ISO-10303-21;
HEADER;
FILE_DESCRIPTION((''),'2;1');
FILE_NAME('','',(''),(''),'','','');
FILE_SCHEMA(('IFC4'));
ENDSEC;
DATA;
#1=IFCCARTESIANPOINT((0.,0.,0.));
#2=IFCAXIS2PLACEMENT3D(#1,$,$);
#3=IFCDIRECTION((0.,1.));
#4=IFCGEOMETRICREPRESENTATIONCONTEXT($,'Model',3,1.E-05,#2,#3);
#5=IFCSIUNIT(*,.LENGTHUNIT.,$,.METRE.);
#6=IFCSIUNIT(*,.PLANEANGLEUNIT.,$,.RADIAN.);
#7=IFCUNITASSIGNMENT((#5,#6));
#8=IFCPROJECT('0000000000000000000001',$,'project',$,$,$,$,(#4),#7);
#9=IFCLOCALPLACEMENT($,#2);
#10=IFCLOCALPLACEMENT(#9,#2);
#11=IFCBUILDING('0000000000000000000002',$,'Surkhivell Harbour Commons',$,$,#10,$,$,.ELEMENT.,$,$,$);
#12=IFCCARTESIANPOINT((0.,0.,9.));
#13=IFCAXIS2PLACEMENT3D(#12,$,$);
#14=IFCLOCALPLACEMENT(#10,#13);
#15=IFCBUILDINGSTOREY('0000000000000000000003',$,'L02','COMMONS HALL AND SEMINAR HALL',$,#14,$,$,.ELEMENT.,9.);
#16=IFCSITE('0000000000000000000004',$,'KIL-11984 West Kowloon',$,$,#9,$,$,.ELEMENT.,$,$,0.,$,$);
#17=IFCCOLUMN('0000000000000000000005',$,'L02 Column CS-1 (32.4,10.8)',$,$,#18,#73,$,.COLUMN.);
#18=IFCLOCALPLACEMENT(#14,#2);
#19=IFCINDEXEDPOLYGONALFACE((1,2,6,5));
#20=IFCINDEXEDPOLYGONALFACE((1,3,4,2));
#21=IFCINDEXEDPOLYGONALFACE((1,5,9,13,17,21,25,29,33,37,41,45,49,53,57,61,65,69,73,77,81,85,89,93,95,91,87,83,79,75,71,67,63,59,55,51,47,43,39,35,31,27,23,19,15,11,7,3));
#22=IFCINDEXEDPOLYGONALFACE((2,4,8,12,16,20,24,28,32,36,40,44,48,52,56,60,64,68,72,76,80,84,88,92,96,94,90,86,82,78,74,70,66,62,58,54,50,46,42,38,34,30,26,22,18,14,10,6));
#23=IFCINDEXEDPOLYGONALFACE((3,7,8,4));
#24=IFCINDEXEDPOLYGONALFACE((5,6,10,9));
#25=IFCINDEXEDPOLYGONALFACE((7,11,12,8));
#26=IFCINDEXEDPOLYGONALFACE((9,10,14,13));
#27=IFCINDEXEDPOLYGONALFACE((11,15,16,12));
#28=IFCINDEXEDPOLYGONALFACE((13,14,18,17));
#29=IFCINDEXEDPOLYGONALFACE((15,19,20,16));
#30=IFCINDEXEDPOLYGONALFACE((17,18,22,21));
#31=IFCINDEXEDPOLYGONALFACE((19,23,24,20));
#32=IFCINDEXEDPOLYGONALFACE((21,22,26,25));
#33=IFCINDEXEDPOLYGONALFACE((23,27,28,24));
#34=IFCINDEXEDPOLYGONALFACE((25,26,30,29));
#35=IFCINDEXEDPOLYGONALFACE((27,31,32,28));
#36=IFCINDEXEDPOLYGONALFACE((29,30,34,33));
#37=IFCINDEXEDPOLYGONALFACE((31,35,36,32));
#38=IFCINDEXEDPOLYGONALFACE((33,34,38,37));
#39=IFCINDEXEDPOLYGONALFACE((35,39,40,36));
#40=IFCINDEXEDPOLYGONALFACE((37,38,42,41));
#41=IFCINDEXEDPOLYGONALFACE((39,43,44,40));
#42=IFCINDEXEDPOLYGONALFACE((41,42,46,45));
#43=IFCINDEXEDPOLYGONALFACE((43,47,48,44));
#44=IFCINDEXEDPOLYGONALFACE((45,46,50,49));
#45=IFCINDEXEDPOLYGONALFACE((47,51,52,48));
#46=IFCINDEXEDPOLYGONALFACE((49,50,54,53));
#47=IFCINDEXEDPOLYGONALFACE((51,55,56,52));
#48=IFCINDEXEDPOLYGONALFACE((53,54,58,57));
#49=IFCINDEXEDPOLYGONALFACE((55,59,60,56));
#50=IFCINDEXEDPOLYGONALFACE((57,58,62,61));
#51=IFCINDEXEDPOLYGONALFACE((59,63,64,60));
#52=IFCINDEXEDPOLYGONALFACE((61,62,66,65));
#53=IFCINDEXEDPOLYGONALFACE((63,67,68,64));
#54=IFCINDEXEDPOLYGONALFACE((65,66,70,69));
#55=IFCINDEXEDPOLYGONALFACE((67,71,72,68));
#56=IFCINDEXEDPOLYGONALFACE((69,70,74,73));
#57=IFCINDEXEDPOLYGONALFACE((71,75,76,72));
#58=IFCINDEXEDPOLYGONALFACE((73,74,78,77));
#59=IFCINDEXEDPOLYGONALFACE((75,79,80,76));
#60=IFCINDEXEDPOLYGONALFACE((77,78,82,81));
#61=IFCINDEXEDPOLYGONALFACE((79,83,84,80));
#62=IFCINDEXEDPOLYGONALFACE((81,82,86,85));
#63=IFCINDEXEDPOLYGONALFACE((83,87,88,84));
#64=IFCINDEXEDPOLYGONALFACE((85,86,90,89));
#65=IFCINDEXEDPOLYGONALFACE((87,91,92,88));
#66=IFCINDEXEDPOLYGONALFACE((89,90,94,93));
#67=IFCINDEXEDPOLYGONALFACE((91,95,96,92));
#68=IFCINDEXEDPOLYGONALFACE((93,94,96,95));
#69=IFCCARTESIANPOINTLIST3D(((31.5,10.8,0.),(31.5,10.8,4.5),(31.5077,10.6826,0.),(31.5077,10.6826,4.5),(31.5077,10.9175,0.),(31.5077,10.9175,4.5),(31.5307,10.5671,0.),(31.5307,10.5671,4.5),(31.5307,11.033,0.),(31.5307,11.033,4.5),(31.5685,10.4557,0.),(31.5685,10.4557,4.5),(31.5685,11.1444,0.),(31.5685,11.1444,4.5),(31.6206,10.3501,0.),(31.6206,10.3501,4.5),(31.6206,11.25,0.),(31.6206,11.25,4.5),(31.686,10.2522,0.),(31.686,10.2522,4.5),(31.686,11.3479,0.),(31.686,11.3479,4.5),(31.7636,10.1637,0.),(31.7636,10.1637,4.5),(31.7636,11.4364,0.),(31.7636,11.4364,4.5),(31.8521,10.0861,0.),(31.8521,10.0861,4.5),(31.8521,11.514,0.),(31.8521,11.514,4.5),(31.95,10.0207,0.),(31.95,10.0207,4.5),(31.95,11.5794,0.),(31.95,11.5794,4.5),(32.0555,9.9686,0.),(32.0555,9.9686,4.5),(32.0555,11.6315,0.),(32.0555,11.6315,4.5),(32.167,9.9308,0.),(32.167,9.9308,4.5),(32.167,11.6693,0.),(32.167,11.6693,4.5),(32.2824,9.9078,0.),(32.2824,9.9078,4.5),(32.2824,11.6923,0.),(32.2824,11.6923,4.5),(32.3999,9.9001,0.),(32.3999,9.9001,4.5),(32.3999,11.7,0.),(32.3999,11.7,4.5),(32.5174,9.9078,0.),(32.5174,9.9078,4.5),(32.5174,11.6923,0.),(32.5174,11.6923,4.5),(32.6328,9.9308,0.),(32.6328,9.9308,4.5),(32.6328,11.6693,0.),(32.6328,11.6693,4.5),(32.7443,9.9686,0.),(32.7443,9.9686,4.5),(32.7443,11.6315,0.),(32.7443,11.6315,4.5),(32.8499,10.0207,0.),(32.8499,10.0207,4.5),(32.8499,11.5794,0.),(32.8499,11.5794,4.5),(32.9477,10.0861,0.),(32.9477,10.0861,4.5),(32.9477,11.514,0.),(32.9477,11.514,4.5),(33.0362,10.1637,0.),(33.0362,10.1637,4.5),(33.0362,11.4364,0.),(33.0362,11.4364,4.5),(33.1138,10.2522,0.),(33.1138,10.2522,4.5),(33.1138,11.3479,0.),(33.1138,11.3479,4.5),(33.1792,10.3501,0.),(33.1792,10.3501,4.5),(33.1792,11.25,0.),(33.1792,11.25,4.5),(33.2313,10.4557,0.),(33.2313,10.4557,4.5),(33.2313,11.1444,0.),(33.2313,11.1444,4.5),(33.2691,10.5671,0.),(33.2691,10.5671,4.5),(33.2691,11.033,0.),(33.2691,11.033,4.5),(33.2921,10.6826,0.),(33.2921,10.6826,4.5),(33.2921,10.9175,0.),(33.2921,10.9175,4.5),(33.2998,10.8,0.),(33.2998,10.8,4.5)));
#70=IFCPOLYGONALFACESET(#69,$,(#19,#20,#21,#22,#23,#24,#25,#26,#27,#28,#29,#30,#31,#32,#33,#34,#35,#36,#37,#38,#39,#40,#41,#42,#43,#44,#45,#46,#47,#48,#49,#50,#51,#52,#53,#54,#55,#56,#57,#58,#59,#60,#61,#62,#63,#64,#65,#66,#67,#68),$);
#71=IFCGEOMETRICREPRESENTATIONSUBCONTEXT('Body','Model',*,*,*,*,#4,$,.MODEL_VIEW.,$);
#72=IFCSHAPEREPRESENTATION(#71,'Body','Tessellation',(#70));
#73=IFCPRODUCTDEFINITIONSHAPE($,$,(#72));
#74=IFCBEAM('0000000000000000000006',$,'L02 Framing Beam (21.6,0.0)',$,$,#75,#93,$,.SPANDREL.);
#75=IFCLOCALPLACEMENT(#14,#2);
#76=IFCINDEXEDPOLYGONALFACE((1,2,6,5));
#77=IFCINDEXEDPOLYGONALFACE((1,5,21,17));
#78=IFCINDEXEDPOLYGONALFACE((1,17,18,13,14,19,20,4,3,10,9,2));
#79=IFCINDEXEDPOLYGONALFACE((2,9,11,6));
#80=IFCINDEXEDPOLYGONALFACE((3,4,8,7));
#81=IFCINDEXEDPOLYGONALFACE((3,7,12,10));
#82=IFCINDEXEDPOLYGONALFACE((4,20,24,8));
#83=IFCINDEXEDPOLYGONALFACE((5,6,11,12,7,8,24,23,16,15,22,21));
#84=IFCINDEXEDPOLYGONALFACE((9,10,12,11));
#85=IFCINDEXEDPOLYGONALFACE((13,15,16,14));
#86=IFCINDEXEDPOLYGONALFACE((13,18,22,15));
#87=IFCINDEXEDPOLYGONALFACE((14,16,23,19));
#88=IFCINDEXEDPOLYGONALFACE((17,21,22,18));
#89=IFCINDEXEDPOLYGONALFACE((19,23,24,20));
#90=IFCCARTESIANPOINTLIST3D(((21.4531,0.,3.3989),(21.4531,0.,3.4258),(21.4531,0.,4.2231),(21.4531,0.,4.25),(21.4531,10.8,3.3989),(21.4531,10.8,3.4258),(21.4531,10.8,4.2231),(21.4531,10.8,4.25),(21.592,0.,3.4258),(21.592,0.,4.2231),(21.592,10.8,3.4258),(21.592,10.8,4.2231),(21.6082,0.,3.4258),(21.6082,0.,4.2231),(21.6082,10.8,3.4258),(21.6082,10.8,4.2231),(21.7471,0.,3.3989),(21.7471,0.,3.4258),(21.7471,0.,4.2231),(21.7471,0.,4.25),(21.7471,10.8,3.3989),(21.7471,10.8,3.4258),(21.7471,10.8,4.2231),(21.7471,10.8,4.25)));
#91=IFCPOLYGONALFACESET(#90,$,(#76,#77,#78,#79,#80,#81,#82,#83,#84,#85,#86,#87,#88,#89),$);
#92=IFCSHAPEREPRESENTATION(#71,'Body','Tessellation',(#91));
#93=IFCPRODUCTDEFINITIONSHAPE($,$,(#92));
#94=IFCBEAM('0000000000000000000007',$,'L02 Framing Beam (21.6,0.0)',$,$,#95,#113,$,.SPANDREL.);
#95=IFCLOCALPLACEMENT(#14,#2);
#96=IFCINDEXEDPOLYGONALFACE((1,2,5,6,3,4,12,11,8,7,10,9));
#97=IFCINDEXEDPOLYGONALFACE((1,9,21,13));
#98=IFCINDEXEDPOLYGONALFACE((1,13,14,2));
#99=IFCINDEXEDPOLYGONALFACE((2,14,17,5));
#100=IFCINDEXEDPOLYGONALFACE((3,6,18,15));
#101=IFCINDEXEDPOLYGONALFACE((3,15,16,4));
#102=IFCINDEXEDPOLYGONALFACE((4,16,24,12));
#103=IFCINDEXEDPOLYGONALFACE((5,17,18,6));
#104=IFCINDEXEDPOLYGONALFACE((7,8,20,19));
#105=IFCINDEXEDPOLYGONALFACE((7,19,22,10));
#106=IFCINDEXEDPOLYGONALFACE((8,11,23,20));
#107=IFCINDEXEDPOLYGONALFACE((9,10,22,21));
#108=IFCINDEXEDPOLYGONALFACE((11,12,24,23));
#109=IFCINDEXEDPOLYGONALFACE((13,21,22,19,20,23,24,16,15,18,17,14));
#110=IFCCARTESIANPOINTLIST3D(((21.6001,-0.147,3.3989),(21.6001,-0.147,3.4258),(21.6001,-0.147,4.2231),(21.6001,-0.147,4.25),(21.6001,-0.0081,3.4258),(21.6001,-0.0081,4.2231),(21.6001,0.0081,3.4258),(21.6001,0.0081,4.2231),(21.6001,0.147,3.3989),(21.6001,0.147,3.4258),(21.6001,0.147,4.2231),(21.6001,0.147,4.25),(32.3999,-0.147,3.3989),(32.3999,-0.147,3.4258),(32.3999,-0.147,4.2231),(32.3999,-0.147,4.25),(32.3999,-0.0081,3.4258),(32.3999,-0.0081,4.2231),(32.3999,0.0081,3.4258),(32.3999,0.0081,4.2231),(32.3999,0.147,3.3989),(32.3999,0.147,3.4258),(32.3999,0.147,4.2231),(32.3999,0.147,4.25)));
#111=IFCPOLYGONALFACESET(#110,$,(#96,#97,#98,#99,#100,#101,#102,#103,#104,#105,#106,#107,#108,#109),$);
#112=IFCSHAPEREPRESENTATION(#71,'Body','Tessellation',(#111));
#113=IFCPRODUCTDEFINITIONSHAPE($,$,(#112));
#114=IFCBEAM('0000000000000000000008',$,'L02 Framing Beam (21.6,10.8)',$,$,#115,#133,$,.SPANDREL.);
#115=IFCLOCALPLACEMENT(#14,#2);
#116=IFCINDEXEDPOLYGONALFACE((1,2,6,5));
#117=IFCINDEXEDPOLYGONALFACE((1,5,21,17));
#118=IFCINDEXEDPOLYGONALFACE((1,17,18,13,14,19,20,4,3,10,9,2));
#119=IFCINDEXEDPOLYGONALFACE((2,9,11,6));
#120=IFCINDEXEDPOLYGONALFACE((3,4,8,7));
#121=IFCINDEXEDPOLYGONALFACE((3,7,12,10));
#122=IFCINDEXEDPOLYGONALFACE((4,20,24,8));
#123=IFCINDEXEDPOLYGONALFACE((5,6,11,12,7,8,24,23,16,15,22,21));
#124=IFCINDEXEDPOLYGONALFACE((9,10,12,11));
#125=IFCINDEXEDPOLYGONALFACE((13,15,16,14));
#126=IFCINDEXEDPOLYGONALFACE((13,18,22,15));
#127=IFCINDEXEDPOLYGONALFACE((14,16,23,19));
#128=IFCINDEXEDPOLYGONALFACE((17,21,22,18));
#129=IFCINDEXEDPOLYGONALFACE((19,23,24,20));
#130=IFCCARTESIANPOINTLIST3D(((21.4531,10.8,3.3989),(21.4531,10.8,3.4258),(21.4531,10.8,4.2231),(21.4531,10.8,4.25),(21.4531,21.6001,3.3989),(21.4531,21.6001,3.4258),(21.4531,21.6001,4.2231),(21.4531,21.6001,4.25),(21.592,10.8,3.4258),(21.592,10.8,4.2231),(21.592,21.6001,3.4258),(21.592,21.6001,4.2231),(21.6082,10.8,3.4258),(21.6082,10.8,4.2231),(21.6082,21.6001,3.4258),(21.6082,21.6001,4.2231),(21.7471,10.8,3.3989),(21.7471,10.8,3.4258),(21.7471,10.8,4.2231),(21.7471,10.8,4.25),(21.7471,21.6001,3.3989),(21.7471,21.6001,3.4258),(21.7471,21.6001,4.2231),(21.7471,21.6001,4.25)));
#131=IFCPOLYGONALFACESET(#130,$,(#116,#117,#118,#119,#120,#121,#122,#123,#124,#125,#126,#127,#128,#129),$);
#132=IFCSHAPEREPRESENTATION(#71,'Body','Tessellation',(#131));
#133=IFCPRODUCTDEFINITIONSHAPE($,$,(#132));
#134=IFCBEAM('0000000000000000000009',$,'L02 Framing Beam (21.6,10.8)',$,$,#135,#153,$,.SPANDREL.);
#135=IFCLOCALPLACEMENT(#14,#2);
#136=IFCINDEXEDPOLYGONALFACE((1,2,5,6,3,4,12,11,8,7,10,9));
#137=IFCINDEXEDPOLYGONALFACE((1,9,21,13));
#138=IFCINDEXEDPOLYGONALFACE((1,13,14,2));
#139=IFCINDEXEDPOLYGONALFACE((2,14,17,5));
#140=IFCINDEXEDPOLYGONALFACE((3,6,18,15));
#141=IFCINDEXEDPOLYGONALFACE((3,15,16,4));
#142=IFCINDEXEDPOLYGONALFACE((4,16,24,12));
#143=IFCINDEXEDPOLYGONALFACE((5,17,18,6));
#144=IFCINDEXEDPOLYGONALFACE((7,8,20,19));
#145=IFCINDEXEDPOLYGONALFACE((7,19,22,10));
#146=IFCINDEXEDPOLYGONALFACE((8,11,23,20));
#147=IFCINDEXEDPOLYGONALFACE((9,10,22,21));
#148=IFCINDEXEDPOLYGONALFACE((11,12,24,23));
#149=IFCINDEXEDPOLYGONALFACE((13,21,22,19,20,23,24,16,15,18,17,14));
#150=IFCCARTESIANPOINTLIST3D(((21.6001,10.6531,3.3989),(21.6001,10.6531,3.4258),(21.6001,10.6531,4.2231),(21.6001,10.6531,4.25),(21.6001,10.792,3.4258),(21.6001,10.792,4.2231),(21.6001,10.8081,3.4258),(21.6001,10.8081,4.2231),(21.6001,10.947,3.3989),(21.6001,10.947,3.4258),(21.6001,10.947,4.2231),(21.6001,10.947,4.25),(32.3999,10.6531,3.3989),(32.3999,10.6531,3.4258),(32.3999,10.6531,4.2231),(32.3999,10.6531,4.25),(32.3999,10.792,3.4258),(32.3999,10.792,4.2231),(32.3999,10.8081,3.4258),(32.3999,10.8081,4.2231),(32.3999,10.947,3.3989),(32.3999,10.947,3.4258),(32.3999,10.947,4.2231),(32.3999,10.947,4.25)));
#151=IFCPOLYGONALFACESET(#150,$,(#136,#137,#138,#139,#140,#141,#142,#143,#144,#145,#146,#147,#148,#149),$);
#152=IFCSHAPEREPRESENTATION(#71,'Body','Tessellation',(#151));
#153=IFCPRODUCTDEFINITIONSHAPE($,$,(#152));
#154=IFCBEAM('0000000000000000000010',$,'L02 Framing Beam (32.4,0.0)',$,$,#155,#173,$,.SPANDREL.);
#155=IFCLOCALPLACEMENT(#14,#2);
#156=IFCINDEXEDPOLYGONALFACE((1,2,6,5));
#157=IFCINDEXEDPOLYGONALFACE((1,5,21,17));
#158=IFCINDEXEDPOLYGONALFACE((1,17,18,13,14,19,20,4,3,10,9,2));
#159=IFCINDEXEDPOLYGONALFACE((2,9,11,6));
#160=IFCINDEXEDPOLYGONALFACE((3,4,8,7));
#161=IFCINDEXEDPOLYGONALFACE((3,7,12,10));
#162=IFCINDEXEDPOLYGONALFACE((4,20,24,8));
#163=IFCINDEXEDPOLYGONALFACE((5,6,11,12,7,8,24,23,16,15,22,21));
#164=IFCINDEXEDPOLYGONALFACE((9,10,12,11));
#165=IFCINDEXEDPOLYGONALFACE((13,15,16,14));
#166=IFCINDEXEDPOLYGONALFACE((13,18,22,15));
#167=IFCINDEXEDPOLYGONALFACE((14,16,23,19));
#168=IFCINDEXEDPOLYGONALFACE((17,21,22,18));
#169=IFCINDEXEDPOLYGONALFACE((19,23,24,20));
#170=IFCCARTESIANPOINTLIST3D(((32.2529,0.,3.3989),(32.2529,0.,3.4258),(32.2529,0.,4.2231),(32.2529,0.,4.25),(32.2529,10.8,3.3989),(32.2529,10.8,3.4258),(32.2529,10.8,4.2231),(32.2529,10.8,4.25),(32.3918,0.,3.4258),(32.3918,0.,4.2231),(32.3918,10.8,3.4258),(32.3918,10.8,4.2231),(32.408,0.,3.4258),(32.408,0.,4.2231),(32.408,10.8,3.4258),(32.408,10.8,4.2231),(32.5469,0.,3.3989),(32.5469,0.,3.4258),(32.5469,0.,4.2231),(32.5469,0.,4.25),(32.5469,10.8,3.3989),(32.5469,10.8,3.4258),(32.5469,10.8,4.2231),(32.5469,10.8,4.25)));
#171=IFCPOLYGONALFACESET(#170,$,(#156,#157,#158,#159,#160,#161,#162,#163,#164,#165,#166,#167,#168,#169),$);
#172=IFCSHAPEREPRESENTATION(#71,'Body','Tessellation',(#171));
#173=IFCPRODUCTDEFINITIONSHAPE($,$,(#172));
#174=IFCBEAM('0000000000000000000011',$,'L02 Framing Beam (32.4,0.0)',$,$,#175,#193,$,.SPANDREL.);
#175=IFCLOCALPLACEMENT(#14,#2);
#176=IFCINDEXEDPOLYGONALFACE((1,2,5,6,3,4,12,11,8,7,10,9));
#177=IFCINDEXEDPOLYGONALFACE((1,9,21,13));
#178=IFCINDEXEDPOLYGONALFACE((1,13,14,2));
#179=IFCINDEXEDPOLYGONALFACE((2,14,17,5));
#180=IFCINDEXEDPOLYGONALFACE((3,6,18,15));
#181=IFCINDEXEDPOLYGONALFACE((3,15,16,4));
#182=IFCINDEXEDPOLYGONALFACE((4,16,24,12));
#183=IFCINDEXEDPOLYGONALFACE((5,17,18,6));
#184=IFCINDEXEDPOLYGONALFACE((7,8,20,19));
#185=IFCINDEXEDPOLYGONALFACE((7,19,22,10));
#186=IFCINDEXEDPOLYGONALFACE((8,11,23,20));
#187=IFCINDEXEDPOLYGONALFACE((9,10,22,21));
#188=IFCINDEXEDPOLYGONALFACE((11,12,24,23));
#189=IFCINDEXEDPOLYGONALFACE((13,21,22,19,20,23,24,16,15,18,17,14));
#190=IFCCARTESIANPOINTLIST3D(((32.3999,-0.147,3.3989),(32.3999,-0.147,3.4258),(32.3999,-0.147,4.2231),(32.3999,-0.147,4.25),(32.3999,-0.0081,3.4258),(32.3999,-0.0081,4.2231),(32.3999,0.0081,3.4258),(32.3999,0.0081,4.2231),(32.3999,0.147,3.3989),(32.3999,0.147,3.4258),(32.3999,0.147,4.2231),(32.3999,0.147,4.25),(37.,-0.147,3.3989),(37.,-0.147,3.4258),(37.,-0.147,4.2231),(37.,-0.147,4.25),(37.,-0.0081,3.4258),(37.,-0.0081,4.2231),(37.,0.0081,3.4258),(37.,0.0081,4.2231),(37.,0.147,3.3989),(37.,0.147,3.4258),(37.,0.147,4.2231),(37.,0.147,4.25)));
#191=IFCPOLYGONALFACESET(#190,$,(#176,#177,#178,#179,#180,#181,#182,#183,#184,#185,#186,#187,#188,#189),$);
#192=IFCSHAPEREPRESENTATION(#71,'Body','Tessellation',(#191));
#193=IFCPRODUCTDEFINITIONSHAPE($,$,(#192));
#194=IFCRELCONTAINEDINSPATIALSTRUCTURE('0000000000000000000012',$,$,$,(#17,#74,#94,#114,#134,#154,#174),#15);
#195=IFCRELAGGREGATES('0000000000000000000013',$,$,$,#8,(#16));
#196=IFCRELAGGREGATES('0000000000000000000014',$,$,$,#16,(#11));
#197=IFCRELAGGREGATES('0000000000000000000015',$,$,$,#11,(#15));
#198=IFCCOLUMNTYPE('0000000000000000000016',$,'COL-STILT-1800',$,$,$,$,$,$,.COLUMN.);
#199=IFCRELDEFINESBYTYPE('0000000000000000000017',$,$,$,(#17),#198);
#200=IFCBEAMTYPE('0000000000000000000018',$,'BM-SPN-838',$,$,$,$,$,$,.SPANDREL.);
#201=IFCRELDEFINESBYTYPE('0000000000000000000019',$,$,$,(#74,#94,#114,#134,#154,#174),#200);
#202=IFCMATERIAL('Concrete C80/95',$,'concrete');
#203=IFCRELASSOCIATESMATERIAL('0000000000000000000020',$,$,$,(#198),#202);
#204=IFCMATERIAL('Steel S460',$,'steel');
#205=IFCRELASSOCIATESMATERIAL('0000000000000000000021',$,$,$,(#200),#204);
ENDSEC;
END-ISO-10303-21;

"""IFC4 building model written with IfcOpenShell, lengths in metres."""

from ifc_helpers import new_model, si_unit, direction, frame, origin, origin_2d, place, context, subcontext, project, spatial, circle, i_section, extrude, material, material_profile, profile_set, type_object, element, save


model = new_model("IFC4")

# Units and contexts
model_context = context("Model", 3, precision=1e-05, world=origin(), true_north=direction((0.0, 1.0)))
body_context = subcontext(model_context, "Body", "Model", "MODEL_VIEW")
ifc_project = project(units=[si_unit("LENGTHUNIT", "METRE"), si_unit("PLANEANGLEUNIT", "RADIAN")], contexts=[model_context])

# Site, building, storey
site_placement = place(None, origin())
site = spatial("IfcSite", under=ifc_project, at=site_placement, Name="KIL-11984 West Kowloon", CompositionType="ELEMENT", RefElevation=0.0)
building_placement = place(site_placement, origin())
building = spatial("IfcBuilding", under=site, at=building_placement, Name="Surkhivell Harbour Commons", CompositionType="ELEMENT")
storey_placement = place(building_placement, frame((0.0, 0.0, 9.0)))
storey = spatial("IfcBuildingStorey", under=building, at=storey_placement, Name="L02", Description="COMMONS HALL AND SEMINAR HALL", CompositionType="ELEMENT", Elevation=9.0)

# Column
ifc_material_1 = material(Name="Concrete C80/95", Category="concrete")
ifc_material_profile_1 = material_profile(ifc_material_1, circle(Radius=0.8999, at=origin_2d()), Name="RC-CIRC-1800")
ifc_profile_set_1 = profile_set([ifc_material_profile_1], Name="Concrete C80/95")
column_type_1 = type_object("IfcColumnType", Name="COL-STILT-1800", PredefinedType="COLUMN", material=ifc_profile_set_1)
for number, where, z_axis, x_axis, name in (
    (1, (32.3999, 10.8, 0.0), (0.0, 0.0, 1.0), (1.0, 0.0, 0.0), "L02 Column CS-1 (32.4,10.8)"),
):
    element("IfcColumn", number, at=place(storey_placement, frame(where, z_axis=z_axis, x_axis=x_axis)), inside=storey, type_object=column_type_1, Name=name, PredefinedType="COLUMN", context=body_context, shape_type="SweptSolid", body=[
        extrude(circle(Radius=0.8999, at=origin_2d()), origin(), (0.0, 0.0, 1.0), 4.5),
    ])

# Beams
ifc_material_2 = material(Name="Steel S460", Category="steel")
ifc_material_profile_2 = material_profile(ifc_material_2, i_section(OverallWidth=0.2939, OverallDepth=0.8511, WebThickness=0.0161, FlangeThickness=0.0269, at=origin_2d()), Name="UB838x292x226")
ifc_profile_set_2 = profile_set([ifc_material_profile_2], Name="Steel S460")
beam_type = type_object("IfcBeamType", Name="BM-SPN-838", PredefinedType="SPANDREL", material=ifc_profile_set_2)
beam_1_placement = place(storey_placement, frame((21.6001, 0.0, 3.8245), z_axis=(0.0, 1.0, 0.0), x_axis=(-1.0, 0.0, 0.0)))
element("IfcBeam", 2, at=beam_1_placement, inside=storey, type_object=beam_type, Name="L02 Framing Beam (21.6,0.0)", PredefinedType="SPANDREL", context=body_context, shape_type="SweptSolid", body=[
    extrude(i_section(OverallWidth=0.2939, OverallDepth=0.8511, WebThickness=0.0161, FlangeThickness=0.0269, at=origin_2d()), origin(), (0.0, 0.0, 1.0), 10.8),
])
beam_2_placement = place(storey_placement, frame((21.6001, 0.0, 3.8245), z_axis=(1.0, 0.0, 0.0), x_axis=(0.0, 1.0, 0.0)))
element("IfcBeam", 3, at=beam_2_placement, inside=storey, type_object=beam_type, Name="L02 Framing Beam (21.6,0.0)", PredefinedType="SPANDREL", context=body_context, shape_type="SweptSolid", body=[
    extrude(i_section(OverallWidth=0.2939, OverallDepth=0.8511, WebThickness=0.0161, FlangeThickness=0.0269, at=origin_2d()), origin(), (0.0, 0.0, 1.0), 10.7998),
])
beam_3_placement = place(storey_placement, frame((21.6001, 10.8, 3.8245), z_axis=(0.0, 1.0, 0.0), x_axis=(-1.0, 0.0, 0.0)))
element("IfcBeam", 4, at=beam_3_placement, inside=storey, type_object=beam_type, Name="L02 Framing Beam (21.6,10.8)", PredefinedType="SPANDREL", context=body_context, shape_type="SweptSolid", body=[
    extrude(i_section(OverallWidth=0.2939, OverallDepth=0.8511, WebThickness=0.0161, FlangeThickness=0.0269, at=origin_2d()), origin(), (0.0, 0.0, 1.0), 10.8),
])
beam_4_placement = place(storey_placement, frame((21.6001, 10.8, 3.8245), z_axis=(1.0, 0.0, 0.0), x_axis=(0.0, 1.0, 0.0)))
element("IfcBeam", 5, at=beam_4_placement, inside=storey, type_object=beam_type, Name="L02 Framing Beam (21.6,10.8)", PredefinedType="SPANDREL", context=body_context, shape_type="SweptSolid", body=[
    extrude(i_section(OverallWidth=0.2939, OverallDepth=0.8511, WebThickness=0.0161, FlangeThickness=0.0269, at=origin_2d()), origin(), (0.0, 0.0, 1.0), 10.7998),
])
beam_5_placement = place(storey_placement, frame((32.3999, 0.0, 3.8245), z_axis=(0.0, 1.0, 0.0), x_axis=(-1.0, 0.0, 0.0)))
element("IfcBeam", 6, at=beam_5_placement, inside=storey, type_object=beam_type, Name="L02 Framing Beam (32.4,0.0)", PredefinedType="SPANDREL", context=body_context, shape_type="SweptSolid", body=[
    extrude(i_section(OverallWidth=0.2939, OverallDepth=0.8511, WebThickness=0.0161, FlangeThickness=0.0269, at=origin_2d()), origin(), (0.0, 0.0, 1.0), 10.8),
])
beam_6_placement = place(storey_placement, frame((32.3999, 0.0, 3.8245), z_axis=(1.0, 0.0, 0.0), x_axis=(0.0, 1.0, 0.0)))
element("IfcBeam", 7, at=beam_6_placement, inside=storey, type_object=beam_type, Name="L02 Framing Beam (32.4,0.0)", PredefinedType="SPANDREL", context=body_context, shape_type="SweptSolid", body=[
    extrude(i_section(OverallWidth=0.2939, OverallDepth=0.8511, WebThickness=0.0161, FlangeThickness=0.0269, at=origin_2d()), origin(), (0.0, 0.0, 1.0), 4.6001),
])

save(model, "model.ifc")
